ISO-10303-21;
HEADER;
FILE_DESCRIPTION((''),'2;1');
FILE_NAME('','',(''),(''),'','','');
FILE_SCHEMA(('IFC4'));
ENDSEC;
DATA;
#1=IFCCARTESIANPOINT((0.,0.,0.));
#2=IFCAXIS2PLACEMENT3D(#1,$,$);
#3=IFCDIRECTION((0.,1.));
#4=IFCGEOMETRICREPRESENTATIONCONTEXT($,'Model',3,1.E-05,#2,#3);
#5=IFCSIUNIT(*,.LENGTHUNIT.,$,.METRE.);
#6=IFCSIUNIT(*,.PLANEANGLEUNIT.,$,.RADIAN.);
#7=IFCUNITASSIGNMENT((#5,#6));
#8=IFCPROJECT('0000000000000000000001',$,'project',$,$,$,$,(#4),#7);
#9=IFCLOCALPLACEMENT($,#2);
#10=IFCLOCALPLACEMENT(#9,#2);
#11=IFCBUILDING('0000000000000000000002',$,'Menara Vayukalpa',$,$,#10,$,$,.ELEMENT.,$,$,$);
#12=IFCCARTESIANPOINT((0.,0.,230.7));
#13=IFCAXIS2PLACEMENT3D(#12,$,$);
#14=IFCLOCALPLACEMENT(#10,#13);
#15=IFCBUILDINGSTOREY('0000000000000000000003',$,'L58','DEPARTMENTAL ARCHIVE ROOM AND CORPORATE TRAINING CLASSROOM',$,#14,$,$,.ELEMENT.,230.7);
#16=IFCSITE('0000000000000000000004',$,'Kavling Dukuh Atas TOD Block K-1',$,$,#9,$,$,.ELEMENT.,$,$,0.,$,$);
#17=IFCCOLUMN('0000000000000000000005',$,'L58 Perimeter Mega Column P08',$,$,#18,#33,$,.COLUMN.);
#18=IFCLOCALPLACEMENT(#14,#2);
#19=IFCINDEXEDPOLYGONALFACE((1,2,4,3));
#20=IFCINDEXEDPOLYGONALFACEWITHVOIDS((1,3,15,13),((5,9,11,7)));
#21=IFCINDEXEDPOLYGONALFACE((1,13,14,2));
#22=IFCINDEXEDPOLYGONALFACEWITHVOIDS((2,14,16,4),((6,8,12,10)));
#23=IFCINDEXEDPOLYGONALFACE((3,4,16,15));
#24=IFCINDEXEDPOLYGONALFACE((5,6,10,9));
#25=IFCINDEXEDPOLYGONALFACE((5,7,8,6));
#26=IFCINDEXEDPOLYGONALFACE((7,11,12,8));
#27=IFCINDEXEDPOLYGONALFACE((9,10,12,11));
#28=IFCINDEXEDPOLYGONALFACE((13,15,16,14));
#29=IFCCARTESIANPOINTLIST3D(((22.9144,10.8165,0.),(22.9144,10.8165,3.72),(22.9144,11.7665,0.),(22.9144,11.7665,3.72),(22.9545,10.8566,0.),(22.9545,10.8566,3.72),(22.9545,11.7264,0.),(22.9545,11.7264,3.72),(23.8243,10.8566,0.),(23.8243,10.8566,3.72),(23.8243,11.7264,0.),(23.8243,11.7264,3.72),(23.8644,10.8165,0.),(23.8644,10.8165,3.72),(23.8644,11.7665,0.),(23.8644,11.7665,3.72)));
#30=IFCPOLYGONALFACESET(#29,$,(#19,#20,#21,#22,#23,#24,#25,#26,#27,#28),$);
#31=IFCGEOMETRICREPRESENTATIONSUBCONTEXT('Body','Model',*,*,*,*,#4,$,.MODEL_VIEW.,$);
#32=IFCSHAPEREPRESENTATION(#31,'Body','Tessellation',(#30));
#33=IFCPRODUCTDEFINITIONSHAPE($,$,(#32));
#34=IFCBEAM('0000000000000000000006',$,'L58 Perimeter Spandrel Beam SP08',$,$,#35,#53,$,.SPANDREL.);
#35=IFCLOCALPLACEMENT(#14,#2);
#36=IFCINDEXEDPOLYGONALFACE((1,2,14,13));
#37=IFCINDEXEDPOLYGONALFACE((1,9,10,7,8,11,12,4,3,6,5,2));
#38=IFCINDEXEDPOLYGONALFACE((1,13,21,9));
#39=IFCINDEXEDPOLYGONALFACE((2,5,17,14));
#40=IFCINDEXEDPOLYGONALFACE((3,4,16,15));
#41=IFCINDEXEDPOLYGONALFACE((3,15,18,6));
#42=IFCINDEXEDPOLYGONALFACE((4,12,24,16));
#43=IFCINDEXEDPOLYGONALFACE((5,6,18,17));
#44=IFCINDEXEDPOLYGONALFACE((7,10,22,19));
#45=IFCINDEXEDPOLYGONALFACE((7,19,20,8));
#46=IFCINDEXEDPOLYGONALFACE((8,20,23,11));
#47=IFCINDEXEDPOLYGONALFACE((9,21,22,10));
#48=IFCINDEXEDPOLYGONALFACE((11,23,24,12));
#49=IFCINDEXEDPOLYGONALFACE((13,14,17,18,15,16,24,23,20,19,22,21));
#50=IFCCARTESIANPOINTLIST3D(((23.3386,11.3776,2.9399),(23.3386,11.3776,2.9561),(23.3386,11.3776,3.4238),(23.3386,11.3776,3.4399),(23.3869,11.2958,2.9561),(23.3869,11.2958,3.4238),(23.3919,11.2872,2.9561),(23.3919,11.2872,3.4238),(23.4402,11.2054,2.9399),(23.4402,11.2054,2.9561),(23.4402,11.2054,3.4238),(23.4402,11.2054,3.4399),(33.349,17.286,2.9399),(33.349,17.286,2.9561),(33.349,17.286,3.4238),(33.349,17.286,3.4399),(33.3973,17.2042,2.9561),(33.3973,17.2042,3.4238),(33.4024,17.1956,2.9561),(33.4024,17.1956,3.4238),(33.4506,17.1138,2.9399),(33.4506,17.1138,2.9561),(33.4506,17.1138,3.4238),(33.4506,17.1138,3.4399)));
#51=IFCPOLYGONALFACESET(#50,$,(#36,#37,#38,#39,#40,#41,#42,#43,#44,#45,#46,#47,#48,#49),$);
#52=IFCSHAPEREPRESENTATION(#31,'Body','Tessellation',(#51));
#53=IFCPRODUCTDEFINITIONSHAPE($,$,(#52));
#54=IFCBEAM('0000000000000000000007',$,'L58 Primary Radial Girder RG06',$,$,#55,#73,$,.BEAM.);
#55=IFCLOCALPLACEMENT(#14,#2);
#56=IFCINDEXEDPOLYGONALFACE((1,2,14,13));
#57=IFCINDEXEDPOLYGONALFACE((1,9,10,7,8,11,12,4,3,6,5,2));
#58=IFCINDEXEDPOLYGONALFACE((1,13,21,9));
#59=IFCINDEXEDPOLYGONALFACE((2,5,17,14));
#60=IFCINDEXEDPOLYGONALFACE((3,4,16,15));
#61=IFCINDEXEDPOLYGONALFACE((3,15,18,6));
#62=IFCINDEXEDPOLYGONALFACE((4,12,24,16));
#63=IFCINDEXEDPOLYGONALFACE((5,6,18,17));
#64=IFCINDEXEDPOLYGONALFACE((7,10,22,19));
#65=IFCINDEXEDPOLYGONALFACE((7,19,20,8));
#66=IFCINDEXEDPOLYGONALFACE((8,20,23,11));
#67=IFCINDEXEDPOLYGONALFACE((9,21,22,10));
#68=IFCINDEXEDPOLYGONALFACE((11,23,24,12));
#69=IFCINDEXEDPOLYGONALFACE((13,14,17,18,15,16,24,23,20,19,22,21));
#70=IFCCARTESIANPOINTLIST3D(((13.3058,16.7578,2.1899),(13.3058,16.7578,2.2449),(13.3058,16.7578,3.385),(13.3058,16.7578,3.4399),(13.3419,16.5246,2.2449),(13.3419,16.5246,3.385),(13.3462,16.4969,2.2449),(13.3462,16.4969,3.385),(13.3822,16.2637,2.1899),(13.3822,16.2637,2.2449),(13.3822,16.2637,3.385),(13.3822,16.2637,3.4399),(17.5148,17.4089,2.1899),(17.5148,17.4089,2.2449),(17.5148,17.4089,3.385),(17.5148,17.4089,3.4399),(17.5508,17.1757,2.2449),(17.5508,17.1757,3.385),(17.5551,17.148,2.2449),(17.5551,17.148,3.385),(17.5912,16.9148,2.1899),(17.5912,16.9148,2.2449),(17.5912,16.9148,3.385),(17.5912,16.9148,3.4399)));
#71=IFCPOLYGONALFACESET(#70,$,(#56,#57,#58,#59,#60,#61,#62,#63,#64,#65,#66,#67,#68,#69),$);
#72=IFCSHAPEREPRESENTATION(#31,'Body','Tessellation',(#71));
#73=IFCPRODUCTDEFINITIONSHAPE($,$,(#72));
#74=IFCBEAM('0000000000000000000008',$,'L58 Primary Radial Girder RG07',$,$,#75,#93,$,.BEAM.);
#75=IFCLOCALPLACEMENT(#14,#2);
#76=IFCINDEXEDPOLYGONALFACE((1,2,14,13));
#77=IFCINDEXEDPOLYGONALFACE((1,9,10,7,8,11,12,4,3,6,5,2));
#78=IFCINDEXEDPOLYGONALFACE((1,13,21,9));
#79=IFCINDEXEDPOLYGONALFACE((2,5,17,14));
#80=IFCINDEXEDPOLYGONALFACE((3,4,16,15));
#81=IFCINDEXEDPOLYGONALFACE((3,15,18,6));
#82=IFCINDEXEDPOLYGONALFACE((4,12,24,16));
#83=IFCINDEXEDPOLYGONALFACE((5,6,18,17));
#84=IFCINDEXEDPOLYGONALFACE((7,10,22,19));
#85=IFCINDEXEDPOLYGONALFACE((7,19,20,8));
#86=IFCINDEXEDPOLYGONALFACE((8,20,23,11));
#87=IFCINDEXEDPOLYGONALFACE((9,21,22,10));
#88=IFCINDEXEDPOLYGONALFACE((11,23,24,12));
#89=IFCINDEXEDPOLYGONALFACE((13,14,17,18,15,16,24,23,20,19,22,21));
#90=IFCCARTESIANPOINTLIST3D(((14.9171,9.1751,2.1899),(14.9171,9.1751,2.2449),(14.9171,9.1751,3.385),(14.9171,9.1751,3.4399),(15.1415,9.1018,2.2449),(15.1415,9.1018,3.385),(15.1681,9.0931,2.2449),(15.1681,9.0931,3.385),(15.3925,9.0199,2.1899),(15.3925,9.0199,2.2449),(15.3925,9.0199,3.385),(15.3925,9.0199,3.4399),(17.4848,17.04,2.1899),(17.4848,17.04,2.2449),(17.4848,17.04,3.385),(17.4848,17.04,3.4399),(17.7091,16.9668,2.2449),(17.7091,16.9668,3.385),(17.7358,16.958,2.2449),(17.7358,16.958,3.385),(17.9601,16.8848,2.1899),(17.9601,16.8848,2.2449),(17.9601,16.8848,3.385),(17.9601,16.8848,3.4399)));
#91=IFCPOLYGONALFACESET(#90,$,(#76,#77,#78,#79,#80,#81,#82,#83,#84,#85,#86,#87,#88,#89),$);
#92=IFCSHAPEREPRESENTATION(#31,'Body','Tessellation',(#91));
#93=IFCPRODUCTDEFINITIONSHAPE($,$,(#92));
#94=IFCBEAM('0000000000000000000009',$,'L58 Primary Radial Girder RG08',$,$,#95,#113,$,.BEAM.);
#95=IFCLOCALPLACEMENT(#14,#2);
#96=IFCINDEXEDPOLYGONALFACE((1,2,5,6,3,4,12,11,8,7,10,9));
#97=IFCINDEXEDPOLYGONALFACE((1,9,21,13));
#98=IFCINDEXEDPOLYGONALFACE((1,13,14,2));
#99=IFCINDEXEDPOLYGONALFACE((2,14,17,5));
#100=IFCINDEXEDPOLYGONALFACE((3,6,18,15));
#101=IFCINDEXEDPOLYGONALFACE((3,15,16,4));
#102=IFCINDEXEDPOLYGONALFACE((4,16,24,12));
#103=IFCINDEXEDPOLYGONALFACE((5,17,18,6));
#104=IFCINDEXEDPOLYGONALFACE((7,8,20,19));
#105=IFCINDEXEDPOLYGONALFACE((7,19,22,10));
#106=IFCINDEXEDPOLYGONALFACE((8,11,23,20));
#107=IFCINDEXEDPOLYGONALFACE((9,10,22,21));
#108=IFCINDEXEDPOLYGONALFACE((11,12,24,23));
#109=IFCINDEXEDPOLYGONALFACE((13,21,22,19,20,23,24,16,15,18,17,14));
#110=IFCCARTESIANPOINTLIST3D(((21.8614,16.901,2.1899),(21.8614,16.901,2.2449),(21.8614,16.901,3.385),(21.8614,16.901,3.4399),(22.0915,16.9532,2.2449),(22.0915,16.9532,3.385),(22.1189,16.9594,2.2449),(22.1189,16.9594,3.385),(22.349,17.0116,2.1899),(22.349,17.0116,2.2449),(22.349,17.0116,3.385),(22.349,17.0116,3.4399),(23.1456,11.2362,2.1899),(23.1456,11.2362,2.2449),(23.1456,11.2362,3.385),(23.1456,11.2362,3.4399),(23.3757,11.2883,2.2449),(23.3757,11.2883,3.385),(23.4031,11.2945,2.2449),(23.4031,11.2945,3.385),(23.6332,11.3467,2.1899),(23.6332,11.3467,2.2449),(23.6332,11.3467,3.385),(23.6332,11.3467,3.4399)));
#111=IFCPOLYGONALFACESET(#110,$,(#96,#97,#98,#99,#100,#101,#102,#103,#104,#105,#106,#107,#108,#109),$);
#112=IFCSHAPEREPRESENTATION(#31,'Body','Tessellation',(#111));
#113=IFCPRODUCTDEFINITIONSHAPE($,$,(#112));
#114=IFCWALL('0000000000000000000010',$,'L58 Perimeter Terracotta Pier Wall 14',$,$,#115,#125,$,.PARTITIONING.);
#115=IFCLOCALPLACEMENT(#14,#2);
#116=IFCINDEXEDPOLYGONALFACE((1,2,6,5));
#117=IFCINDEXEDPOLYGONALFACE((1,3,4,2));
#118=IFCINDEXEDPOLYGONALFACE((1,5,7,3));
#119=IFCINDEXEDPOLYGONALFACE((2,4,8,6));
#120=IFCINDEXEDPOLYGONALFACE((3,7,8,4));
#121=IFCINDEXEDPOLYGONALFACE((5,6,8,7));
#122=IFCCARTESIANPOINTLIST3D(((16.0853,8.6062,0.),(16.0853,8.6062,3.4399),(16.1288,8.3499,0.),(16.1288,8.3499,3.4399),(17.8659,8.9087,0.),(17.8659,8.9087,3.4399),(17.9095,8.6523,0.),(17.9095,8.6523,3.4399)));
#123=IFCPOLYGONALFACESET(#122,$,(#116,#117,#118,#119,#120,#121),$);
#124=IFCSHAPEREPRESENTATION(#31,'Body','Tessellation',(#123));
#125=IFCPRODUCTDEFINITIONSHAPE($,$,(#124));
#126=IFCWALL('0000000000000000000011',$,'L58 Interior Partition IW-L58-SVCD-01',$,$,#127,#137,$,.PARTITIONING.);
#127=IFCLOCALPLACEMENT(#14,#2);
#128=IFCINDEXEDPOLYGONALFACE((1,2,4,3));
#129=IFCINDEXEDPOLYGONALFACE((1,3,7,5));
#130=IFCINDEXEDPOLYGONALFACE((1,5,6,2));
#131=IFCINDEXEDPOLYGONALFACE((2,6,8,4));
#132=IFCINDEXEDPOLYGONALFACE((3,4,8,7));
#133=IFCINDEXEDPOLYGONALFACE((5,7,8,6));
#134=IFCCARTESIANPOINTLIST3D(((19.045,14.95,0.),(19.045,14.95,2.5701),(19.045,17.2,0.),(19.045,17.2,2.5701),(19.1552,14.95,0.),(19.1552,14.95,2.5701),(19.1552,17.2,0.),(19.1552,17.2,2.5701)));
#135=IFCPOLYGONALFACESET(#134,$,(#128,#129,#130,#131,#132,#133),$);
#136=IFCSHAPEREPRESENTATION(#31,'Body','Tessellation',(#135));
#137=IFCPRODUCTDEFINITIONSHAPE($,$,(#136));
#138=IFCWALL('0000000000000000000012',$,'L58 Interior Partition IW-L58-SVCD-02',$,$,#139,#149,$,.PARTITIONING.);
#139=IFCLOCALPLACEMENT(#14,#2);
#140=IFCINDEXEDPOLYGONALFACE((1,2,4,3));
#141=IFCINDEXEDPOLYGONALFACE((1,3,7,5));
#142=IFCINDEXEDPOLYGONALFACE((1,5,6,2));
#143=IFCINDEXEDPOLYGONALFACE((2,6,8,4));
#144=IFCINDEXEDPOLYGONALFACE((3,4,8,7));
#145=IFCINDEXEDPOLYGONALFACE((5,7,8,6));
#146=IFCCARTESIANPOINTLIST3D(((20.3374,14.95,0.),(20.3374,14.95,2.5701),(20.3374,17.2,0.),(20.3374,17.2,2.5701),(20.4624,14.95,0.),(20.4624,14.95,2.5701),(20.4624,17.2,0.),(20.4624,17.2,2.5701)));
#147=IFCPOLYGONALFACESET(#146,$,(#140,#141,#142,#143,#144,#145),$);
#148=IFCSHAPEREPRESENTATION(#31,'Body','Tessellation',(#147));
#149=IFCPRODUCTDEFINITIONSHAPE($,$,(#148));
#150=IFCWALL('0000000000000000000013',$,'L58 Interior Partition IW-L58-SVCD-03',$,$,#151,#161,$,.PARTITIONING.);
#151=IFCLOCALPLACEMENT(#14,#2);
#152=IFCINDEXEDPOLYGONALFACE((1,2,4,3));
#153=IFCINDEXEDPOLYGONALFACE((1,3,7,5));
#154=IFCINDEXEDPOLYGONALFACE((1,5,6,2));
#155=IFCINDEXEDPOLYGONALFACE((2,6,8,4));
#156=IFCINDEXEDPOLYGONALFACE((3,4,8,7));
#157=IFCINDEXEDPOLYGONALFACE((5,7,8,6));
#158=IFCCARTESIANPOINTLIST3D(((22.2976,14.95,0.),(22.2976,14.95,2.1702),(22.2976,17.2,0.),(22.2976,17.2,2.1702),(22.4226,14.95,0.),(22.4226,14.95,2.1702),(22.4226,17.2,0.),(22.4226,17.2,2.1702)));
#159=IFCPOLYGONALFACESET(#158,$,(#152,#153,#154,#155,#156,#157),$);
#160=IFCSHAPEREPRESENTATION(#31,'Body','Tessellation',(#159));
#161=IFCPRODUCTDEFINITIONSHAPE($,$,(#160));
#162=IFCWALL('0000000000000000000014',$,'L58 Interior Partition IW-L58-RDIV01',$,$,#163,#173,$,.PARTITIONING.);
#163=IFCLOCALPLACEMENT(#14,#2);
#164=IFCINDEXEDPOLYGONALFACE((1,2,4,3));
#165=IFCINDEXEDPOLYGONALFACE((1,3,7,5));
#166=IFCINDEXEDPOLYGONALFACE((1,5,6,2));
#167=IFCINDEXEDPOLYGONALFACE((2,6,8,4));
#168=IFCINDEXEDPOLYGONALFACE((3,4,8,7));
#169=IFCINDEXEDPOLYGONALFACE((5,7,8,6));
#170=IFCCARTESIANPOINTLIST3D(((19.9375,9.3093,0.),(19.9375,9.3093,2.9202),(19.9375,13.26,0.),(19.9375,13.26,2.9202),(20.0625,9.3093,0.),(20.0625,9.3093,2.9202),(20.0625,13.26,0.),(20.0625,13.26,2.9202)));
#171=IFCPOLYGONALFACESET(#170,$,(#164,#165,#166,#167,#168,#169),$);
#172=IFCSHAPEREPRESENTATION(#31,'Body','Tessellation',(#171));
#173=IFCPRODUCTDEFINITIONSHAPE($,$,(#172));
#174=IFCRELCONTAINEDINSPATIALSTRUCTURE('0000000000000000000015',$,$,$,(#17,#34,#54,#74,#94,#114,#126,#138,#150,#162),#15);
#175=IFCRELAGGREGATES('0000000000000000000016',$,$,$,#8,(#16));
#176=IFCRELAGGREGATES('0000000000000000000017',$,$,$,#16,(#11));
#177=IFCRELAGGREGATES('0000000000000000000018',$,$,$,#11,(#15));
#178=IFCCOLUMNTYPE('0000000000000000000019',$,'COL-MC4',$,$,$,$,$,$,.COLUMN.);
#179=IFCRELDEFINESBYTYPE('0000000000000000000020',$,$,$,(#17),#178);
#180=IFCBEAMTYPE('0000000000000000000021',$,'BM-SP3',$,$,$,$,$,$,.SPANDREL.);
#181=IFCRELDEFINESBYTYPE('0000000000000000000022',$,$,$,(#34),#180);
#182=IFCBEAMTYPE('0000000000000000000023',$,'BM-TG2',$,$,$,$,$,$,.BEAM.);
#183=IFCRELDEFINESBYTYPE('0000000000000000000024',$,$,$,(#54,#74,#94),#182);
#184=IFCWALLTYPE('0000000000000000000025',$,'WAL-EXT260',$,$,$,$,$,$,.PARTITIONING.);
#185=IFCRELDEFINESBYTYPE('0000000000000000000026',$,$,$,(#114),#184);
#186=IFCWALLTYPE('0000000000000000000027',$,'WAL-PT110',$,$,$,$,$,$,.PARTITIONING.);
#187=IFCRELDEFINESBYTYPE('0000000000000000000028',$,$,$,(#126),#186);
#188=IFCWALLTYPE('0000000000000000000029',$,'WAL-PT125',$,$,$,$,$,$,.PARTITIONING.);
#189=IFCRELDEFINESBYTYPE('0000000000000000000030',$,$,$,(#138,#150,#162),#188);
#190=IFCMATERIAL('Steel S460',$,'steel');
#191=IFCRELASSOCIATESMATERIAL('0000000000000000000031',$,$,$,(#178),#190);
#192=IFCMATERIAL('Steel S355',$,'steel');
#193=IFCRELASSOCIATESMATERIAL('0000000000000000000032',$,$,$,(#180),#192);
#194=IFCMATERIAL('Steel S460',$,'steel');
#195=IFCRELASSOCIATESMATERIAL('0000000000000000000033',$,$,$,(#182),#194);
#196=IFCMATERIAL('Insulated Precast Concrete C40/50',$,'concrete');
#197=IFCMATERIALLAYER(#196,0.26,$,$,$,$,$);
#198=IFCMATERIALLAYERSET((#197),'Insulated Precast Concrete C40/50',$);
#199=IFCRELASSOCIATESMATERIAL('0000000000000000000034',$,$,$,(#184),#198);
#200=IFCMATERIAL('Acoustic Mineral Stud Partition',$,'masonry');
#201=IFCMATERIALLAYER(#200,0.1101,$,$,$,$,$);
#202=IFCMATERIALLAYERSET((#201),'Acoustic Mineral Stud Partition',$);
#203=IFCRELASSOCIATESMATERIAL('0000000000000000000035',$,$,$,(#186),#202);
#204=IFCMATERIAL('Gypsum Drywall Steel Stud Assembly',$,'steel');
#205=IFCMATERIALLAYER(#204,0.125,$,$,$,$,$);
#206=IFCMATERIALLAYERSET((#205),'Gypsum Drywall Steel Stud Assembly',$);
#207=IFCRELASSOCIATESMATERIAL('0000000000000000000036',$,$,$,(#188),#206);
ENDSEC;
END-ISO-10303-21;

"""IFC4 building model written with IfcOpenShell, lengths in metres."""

from ifc_helpers import new_model, si_unit, direction, frame, frame_2d, origin, origin_2d, place, context, subcontext, project, spatial, rectangle, hollow_rectangle, i_section, extrude, material, layer, layer_set, material_profile, profile_set, type_object, element, save


model = new_model("IFC4")

# Units and contexts
model_context = context("Model", 3, precision=1e-05, world=origin(), true_north=direction((0.0, 1.0)))
body_context = subcontext(model_context, "Body", "Model", "MODEL_VIEW")
ifc_project = project(units=[si_unit("LENGTHUNIT", "METRE"), si_unit("PLANEANGLEUNIT", "RADIAN")], contexts=[model_context])

# Site, building, storey
site_placement = place(None, origin())
site = spatial("IfcSite", under=ifc_project, at=site_placement, Name="Kavling Dukuh Atas TOD Block K-1", CompositionType="ELEMENT", RefElevation=0.0)
building_placement = place(site_placement, origin())
building = spatial("IfcBuilding", under=site, at=building_placement, Name="Menara Vayukalpa", CompositionType="ELEMENT")
storey_placement = place(building_placement, frame((0.0, 0.0, 230.7)))
storey = spatial("IfcBuildingStorey", under=building, at=storey_placement, Name="L58", Description="DEPARTMENTAL ARCHIVE ROOM AND CORPORATE TRAINING CLASSROOM", CompositionType="ELEMENT", Elevation=230.7)

# Column
ifc_material_1 = material(Name="Steel S460", Category="steel")
ifc_material_profile_1 = material_profile(ifc_material_1, hollow_rectangle(XDim=0.95, YDim=0.95, WallThickness=0.04, at=origin_2d()), Name="BOX 950x950x40")
ifc_profile_set_1 = profile_set([ifc_material_profile_1], Name="Steel S460")
column_type = type_object("IfcColumnType", Name="COL-MC4", PredefinedType="COLUMN", material=ifc_profile_set_1)
column_placement = place(storey_placement, frame((23.3894, 11.2915, 0.0), z_axis=(0.0, 0.0, 1.0), x_axis=(1.0, 0.0, 0.0)))
element("IfcColumn", 1, at=column_placement, inside=storey, type_object=column_type, Name="L58 Perimeter Mega Column P08", PredefinedType="COLUMN", context=body_context, shape_type="SweptSolid", body=[
    extrude(hollow_rectangle(XDim=0.95, YDim=0.95, WallThickness=0.04, at=origin_2d()), origin(), (0.0, 0.0, 1.0), 3.72),
])

# Beams
ifc_material_2 = material(Name="Steel S355", Category="steel")
ifc_material_profile_2 = material_profile(ifc_material_2, i_section(OverallWidth=0.2, OverallDepth=0.5, WebThickness=0.01, FlangeThickness=0.0161, at=origin_2d()), Name="WF 500x200x10x16")
ifc_profile_set_2 = profile_set([ifc_material_profile_2], Name="Steel S355")
beam_type_1 = type_object("IfcBeamType", Name="BM-SP3", PredefinedType="SPANDREL", material=ifc_profile_set_2)
beam_1_placement = place(storey_placement, frame((23.3894, 11.2915, 3.1899), z_axis=(0.861184, 0.508293, 0.0), x_axis=(-0.508293, 0.861184, 0.0)))
element("IfcBeam", 2, at=beam_1_placement, inside=storey, type_object=beam_type_1, Name="L58 Perimeter Spandrel Beam SP08", PredefinedType="SPANDREL", context=body_context, shape_type="SweptSolid", body=[
    extrude(i_section(OverallWidth=0.2, OverallDepth=0.5, WebThickness=0.01, FlangeThickness=0.0161, at=origin_2d()), origin(), (0.0, 0.0, 1.0), 11.624),
])
ifc_material_3 = material(Name="Steel S460", Category="steel")
ifc_material_profile_3 = material_profile(ifc_material_3, i_section(OverallWidth=0.5, OverallDepth=1.25, WebThickness=0.0281, FlangeThickness=0.0549, at=origin_2d()), Name="WG 1250x500x28x55")
ifc_profile_set_3 = profile_set([ifc_material_profile_3], Name="Steel S460")
beam_type_2 = type_object("IfcBeamType", Name="BM-TG2", PredefinedType="BEAM", material=ifc_profile_set_3)
beam_2_placement = place(storey_placement, frame((17.553, 17.1619, 2.8149), z_axis=(-0.988245, -0.15288, 0.0), x_axis=(0.15288, -0.988245, 0.0)))
element("IfcBeam", 3, at=beam_2_placement, inside=storey, type_object=beam_type_2, Name="L58 Primary Radial Girder RG06", PredefinedType="BEAM", context=body_context, shape_type="SweptSolid", body=[
    extrude(i_section(OverallWidth=0.5, OverallDepth=1.25, WebThickness=0.0281, FlangeThickness=0.0549, at=origin_2d()), origin(), (0.0, 0.0, 1.0), 4.259),
])
beam_3_placement = place(storey_placement, frame((17.7224, 16.9624, 2.8149), z_axis=(-0.310344, -0.950624, 0.0), x_axis=(0.950624, -0.310344, 0.0)))
element("IfcBeam", 4, at=beam_3_placement, inside=storey, type_object=beam_type_2, Name="L58 Primary Radial Girder RG07", PredefinedType="BEAM", context=body_context, shape_type="SweptSolid", body=[
    extrude(i_section(OverallWidth=0.5, OverallDepth=1.25, WebThickness=0.0281, FlangeThickness=0.0549, at=origin_2d()), origin(), (0.0, 0.0, 1.0), 8.2734),
])
beam_4_placement = place(storey_placement, frame((22.1052, 16.9563, 2.8149), z_axis=(0.221085, -0.975255, 0.0), x_axis=(0.975255, 0.221085, 0.0)))
element("IfcBeam", 5, at=beam_4_placement, inside=storey, type_object=beam_type_2, Name="L58 Primary Radial Girder RG08", PredefinedType="BEAM", context=body_context, shape_type="SweptSolid", body=[
    extrude(i_section(OverallWidth=0.5, OverallDepth=1.25, WebThickness=0.0281, FlangeThickness=0.0549, at=origin_2d()), origin(), (0.0, 0.0, 1.0), 5.8086),
])

# Walls
ifc_material_4 = material(Name="Insulated Precast Concrete C40/50", Category="concrete")
ifc_layer_1 = layer(ifc_material_4, 0.26)
ifc_layer_set_1 = layer_set([ifc_layer_1], Name="Insulated Precast Concrete C40/50")
wall_type_1 = type_object("IfcWallType", Name="WAL-EXT260", PredefinedType="PARTITIONING", material=ifc_layer_set_1)
wall_1_placement = place(storey_placement, frame((17.8877, 8.7805, 0.0), z_axis=(0.0, 0.0, 1.0), x_axis=(-0.985878, -0.167467, 0.0)))
element("IfcWall", 6, at=wall_1_placement, inside=storey, type_object=wall_type_1, Name="L58 Perimeter Terracotta Pier Wall 14", PredefinedType="PARTITIONING", context=body_context, shape_type="SweptSolid", body=[
    extrude(rectangle(XDim=1.8062, YDim=0.26, at=frame_2d((0.9031, 0.0))), origin(), (0.0, 0.0, 1.0), 3.4399),
])
ifc_material_5 = material(Name="Acoustic Mineral Stud Partition", Category="masonry")
ifc_layer_2 = layer(ifc_material_5, 0.1101)
ifc_layer_set_2 = layer_set([ifc_layer_2], Name="Acoustic Mineral Stud Partition")
wall_type_2 = type_object("IfcWallType", Name="WAL-PT110", PredefinedType="PARTITIONING", material=ifc_layer_set_2)
wall_2_placement = place(storey_placement, frame((19.1001, 14.95, 0.0), z_axis=(0.0, 0.0, 1.0), x_axis=(0.0, 1.0, 0.0)))
element("IfcWall", 7, at=wall_2_placement, inside=storey, type_object=wall_type_2, Name="L58 Interior Partition IW-L58-SVCD-01", PredefinedType="PARTITIONING", context=body_context, shape_type="SweptSolid", body=[
    extrude(rectangle(XDim=2.25, YDim=0.1101, at=frame_2d((1.125, 0.0))), origin(), (0.0, 0.0, 1.0), 2.5701),
])
ifc_material_6 = material(Name="Gypsum Drywall Steel Stud Assembly", Category="steel")
ifc_layer_3 = layer(ifc_material_6, 0.125)
ifc_layer_set_3 = layer_set([ifc_layer_3], Name="Gypsum Drywall Steel Stud Assembly")
wall_type_3 = type_object("IfcWallType", Name="WAL-PT125", PredefinedType="PARTITIONING", material=ifc_layer_set_3)
wall_3_placement = place(storey_placement, frame((20.3999, 14.95, 0.0), z_axis=(0.0, 0.0, 1.0), x_axis=(0.0, 1.0, 0.0)))
element("IfcWall", 8, at=wall_3_placement, inside=storey, type_object=wall_type_3, Name="L58 Interior Partition IW-L58-SVCD-02", PredefinedType="PARTITIONING", context=body_context, shape_type="SweptSolid", body=[
    extrude(rectangle(XDim=2.25, YDim=0.125, at=frame_2d((1.125, 0.0))), origin(), (0.0, 0.0, 1.0), 2.5701),
])
wall_4_placement = place(storey_placement, frame((22.3601, 14.95, 0.0), z_axis=(0.0, 0.0, 1.0), x_axis=(0.0, 1.0, 0.0)))
element("IfcWall", 9, at=wall_4_placement, inside=storey, type_object=wall_type_3, Name="L58 Interior Partition IW-L58-SVCD-03", PredefinedType="PARTITIONING", context=body_context, shape_type="SweptSolid", body=[
    extrude(rectangle(XDim=2.25, YDim=0.125, at=frame_2d((1.125, 0.0))), origin(), (0.0, 0.0, 1.0), 2.1702),
])
wall_5_placement = place(storey_placement, frame((20.0, 9.3093, 0.0), z_axis=(0.0, 0.0, 1.0), x_axis=(0.0, 1.0, 0.0)))
element("IfcWall", 10, at=wall_5_placement, inside=storey, type_object=wall_type_3, Name="L58 Interior Partition IW-L58-RDIV01", PredefinedType="PARTITIONING", context=body_context, shape_type="SweptSolid", body=[
    extrude(rectangle(XDim=3.9507, YDim=0.125, at=frame_2d((1.9753, 0.0))), origin(), (0.0, 0.0, 1.0), 2.9202),
])

save(model, "model.ifc")
